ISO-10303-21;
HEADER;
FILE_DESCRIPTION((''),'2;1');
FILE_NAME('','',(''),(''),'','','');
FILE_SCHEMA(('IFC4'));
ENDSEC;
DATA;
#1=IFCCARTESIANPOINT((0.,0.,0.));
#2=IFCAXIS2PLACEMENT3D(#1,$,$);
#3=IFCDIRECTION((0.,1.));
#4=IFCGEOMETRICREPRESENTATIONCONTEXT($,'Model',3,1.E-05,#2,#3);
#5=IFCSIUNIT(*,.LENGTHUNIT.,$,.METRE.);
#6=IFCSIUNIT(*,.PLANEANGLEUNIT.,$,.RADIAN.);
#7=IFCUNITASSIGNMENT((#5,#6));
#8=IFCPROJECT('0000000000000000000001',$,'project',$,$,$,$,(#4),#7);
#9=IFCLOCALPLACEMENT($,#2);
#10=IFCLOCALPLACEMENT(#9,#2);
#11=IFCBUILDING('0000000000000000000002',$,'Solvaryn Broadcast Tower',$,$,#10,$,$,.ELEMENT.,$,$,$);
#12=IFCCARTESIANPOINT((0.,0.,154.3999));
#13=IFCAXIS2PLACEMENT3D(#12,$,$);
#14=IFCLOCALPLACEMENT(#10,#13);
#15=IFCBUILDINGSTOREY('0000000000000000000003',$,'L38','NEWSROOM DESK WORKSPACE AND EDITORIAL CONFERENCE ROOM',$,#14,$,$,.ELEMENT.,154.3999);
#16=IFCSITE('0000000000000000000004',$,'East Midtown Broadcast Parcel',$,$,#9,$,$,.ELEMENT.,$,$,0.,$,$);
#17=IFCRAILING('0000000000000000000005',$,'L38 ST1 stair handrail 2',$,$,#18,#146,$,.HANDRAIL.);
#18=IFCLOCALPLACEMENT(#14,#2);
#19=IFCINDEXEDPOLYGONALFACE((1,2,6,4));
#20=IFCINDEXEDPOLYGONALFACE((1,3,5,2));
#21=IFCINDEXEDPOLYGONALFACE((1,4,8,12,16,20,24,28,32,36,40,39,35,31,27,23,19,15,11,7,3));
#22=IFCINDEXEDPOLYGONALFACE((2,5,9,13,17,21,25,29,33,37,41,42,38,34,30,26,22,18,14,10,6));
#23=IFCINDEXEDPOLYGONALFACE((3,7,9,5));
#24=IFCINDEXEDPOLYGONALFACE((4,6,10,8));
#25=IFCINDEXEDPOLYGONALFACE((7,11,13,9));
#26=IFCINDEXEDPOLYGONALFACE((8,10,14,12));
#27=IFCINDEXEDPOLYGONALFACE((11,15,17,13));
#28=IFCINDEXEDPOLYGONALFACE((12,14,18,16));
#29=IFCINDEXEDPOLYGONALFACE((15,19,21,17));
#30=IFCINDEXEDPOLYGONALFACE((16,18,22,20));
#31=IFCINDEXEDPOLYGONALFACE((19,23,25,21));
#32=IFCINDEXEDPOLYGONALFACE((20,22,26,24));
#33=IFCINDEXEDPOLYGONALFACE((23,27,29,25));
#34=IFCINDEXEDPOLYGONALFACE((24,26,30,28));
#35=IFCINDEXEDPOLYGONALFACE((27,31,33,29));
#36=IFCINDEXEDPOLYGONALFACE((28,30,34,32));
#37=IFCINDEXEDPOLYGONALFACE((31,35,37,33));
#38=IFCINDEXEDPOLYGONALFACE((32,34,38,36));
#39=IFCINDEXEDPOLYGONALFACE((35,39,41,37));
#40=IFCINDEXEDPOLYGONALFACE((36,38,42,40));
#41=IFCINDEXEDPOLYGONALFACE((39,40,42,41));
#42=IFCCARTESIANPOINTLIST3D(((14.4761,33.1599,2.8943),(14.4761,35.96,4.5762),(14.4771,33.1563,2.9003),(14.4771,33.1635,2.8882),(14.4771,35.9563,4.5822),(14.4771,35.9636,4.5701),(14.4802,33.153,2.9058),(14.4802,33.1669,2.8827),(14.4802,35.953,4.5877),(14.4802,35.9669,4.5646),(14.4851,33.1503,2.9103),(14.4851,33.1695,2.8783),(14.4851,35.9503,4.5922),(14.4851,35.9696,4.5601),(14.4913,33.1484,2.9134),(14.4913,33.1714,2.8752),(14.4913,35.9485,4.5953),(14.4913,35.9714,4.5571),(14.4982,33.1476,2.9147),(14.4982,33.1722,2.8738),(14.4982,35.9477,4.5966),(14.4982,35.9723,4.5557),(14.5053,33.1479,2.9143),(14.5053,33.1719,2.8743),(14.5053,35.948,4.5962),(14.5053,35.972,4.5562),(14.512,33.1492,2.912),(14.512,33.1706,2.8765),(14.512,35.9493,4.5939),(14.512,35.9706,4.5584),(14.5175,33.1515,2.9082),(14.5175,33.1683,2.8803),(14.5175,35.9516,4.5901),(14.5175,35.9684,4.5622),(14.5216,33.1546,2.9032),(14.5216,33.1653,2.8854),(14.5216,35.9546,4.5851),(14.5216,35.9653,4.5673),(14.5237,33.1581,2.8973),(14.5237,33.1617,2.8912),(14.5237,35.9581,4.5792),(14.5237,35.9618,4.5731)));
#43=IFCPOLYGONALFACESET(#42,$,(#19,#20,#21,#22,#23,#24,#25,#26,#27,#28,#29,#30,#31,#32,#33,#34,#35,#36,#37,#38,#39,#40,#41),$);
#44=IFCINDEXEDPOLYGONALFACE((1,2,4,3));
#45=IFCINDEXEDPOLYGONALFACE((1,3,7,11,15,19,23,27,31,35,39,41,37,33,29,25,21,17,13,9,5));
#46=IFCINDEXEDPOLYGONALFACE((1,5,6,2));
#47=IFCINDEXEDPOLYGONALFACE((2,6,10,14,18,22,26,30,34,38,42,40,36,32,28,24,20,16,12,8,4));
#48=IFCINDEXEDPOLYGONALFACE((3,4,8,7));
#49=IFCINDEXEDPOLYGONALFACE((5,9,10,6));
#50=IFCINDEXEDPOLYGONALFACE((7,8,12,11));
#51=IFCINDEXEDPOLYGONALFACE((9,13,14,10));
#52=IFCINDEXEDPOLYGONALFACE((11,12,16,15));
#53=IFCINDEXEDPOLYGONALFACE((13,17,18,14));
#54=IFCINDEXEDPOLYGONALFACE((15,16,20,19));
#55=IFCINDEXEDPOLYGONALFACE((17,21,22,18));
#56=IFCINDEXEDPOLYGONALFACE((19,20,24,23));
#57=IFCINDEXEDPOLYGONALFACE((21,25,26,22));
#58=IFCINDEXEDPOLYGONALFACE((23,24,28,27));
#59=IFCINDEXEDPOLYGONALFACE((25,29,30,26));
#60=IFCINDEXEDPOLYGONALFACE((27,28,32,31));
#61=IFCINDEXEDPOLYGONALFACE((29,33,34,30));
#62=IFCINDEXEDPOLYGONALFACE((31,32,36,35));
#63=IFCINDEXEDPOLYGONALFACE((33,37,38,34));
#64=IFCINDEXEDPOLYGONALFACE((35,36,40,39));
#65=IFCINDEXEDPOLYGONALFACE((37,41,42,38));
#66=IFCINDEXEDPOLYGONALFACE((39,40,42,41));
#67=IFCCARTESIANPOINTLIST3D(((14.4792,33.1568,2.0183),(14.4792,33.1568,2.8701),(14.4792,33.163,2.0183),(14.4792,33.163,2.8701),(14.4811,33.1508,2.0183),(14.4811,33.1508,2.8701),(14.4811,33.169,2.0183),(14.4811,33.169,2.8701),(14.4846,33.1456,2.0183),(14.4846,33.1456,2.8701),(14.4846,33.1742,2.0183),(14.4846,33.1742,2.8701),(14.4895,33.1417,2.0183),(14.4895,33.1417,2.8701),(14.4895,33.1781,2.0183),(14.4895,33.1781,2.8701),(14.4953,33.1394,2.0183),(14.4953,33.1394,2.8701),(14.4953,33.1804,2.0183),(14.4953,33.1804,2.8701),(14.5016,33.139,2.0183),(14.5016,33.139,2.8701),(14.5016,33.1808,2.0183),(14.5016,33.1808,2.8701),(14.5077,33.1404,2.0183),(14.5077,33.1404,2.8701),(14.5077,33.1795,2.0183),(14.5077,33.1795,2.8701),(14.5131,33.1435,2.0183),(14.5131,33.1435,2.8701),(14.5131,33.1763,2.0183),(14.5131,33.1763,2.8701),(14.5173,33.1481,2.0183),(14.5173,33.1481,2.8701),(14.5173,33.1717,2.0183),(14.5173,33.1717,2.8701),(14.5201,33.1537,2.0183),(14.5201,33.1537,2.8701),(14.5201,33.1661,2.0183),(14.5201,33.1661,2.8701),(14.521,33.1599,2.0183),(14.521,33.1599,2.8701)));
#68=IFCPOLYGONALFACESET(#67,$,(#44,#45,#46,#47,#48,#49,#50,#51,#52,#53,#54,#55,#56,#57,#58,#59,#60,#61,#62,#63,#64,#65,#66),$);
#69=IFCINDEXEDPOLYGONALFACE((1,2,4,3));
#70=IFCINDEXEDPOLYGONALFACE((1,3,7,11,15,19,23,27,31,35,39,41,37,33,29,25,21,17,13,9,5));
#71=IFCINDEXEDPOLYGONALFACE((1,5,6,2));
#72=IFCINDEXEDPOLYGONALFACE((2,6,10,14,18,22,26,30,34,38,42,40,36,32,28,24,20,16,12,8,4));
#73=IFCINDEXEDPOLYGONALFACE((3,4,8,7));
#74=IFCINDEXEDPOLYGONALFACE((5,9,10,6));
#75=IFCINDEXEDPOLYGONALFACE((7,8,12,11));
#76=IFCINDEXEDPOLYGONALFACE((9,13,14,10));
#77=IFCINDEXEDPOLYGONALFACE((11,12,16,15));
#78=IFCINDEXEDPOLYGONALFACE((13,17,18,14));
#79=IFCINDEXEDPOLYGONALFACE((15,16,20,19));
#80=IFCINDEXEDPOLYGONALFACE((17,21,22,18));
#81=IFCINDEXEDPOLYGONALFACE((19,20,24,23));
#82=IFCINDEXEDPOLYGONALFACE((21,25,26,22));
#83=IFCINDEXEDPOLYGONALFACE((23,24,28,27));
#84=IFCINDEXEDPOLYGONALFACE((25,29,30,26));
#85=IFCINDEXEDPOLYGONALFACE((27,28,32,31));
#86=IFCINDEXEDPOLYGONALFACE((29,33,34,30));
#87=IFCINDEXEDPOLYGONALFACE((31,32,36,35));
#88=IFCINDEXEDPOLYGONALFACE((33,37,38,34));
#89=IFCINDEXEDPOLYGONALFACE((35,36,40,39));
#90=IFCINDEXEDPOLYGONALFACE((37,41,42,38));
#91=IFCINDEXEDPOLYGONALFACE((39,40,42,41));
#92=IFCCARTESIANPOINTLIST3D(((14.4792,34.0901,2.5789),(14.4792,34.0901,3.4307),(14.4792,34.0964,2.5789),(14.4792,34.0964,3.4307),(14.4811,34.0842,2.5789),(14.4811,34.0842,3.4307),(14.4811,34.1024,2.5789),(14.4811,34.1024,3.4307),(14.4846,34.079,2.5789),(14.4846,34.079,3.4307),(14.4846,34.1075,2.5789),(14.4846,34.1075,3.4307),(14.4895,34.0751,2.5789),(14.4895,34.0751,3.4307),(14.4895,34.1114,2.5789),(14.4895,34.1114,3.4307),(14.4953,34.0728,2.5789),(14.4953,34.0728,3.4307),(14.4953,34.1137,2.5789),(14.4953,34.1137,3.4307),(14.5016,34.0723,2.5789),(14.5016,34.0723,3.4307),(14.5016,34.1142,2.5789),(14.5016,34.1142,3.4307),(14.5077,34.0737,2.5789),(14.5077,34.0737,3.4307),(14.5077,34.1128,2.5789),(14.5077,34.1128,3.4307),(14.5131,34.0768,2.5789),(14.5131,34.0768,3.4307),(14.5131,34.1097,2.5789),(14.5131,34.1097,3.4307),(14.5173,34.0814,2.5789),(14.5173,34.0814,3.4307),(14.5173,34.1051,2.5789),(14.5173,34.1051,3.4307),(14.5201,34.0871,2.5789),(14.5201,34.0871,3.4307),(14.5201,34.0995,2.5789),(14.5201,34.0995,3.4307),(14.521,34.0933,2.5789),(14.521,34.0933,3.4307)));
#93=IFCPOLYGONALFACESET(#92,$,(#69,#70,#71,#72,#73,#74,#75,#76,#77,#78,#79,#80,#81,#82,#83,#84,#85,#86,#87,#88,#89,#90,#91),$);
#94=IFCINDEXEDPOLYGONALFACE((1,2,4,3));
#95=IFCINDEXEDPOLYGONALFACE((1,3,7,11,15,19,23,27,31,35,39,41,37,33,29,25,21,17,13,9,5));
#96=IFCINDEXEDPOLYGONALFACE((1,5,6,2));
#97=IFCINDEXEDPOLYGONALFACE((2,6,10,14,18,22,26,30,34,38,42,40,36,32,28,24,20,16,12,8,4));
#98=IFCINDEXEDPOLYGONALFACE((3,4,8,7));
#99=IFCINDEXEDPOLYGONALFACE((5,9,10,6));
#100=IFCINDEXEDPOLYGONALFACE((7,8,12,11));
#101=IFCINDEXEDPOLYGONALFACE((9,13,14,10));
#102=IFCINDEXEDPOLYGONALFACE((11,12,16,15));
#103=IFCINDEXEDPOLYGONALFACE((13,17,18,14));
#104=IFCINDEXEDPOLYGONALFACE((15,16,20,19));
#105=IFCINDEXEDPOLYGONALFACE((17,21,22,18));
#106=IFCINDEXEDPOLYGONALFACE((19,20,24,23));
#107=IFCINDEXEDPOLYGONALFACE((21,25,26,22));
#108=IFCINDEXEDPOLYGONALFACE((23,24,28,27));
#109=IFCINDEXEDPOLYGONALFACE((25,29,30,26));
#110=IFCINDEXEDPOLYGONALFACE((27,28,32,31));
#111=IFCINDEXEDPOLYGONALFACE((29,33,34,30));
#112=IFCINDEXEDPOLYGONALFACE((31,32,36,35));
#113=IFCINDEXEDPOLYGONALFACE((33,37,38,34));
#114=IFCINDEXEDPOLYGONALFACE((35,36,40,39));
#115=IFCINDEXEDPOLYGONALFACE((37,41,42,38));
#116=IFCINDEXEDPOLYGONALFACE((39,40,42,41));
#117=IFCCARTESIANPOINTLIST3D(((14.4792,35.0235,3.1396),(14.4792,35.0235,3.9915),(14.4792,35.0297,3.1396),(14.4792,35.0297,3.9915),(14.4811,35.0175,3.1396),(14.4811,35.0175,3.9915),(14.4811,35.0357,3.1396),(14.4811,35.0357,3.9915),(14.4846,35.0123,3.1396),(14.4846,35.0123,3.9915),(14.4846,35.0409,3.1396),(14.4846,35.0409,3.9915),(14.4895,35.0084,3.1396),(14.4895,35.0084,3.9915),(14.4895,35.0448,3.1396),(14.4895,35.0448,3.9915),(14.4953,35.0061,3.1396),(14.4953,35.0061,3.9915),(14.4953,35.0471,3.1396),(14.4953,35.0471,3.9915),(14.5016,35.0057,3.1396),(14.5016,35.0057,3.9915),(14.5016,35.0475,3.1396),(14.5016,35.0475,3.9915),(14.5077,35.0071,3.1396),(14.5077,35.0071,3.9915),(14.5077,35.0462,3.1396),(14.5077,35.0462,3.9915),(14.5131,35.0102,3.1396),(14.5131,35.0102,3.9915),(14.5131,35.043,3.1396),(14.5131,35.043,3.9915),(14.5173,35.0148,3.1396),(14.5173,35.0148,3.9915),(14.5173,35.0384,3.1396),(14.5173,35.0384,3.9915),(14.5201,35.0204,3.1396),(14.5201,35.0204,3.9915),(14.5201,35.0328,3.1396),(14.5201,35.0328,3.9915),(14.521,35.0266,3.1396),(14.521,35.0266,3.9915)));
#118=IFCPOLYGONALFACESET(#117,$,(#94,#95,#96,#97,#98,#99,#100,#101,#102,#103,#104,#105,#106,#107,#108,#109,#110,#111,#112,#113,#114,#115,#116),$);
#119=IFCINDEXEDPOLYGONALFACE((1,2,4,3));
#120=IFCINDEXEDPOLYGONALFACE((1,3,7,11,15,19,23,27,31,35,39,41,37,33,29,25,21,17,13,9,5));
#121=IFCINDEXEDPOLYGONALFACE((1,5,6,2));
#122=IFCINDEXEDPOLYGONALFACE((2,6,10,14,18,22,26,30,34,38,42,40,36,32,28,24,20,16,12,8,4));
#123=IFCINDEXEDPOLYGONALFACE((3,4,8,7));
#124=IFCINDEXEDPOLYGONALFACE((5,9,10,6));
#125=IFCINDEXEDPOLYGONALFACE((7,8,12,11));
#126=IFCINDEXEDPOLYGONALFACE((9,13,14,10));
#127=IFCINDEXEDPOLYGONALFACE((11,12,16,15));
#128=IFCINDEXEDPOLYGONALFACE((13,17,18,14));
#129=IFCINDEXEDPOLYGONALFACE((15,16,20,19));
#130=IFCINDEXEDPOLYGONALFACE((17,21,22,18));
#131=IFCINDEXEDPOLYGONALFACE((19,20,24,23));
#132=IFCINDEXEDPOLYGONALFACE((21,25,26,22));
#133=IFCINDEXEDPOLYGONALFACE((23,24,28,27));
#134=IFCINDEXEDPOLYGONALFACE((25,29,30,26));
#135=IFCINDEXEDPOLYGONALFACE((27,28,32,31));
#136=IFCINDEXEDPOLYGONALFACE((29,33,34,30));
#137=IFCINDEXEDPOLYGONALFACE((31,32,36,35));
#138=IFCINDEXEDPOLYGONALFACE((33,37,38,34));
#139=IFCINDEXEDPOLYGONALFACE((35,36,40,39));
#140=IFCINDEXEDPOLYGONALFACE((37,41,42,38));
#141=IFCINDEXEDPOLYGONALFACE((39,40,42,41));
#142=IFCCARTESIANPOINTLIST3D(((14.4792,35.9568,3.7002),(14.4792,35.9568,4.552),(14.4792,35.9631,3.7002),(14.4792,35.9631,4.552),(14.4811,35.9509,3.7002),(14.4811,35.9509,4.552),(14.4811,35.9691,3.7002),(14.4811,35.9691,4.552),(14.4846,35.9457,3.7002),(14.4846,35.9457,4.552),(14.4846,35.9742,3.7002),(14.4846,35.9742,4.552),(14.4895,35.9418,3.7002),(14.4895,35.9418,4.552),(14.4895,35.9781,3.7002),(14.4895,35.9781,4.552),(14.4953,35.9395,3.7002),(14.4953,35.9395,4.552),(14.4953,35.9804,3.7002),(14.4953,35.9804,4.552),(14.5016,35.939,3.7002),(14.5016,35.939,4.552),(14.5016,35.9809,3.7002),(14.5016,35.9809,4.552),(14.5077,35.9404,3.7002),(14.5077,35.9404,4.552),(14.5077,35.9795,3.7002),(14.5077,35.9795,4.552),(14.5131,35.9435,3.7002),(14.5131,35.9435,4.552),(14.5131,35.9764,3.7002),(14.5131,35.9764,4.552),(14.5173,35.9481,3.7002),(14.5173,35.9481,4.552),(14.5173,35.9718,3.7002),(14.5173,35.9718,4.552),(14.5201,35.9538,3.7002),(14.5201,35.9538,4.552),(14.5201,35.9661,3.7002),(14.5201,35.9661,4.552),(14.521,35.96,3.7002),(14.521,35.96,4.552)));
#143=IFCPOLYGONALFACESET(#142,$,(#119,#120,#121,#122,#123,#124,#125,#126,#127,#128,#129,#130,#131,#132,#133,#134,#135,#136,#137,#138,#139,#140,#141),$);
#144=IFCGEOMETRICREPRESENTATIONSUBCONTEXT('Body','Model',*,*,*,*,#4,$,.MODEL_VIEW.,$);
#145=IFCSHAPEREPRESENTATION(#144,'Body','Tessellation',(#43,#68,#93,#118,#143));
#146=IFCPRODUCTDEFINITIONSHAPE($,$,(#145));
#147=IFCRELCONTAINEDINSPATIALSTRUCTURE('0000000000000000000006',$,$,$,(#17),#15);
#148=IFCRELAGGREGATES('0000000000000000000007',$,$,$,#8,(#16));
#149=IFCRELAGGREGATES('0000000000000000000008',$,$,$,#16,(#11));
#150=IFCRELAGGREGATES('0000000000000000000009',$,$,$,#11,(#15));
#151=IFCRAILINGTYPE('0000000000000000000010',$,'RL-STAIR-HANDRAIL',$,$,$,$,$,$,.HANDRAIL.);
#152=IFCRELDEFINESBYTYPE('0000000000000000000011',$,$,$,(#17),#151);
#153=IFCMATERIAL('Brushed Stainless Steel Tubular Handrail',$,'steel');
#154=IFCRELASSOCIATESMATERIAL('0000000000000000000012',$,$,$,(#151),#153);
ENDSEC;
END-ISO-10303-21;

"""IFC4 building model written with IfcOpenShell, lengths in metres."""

from ifc_helpers import new_model, si_unit, direction, frame, origin, origin_2d, place, context, subcontext, project, spatial, circle, extrude, material, type_object, element, save


model = new_model("IFC4")

# Units and contexts
model_context = context("Model", 3, precision=1e-05, world=origin(), true_north=direction((0.0, 1.0)))
body_context = subcontext(model_context, "Body", "Model", "MODEL_VIEW")
ifc_project = project(units=[si_unit("LENGTHUNIT", "METRE"), si_unit("PLANEANGLEUNIT", "RADIAN")], contexts=[model_context])

# Site, building, storey
site_placement = place(None, origin())
site = spatial("IfcSite", under=ifc_project, at=site_placement, Name="East Midtown Broadcast Parcel", CompositionType="ELEMENT", RefElevation=0.0)
building_placement = place(site_placement, origin())
building = spatial("IfcBuilding", under=site, at=building_placement, Name="Solvaryn Broadcast Tower", CompositionType="ELEMENT")
storey_placement = place(building_placement, frame((0.0, 0.0, 154.3999)))
storey = spatial("IfcBuildingStorey", under=building, at=storey_placement, Name="L38", Description="NEWSROOM DESK WORKSPACE AND EDITORIAL CONFERENCE ROOM", CompositionType="ELEMENT", Elevation=154.3999)

# Railing
ifc_material_1 = material(Name="Brushed Stainless Steel Tubular Handrail", Category="steel")
railing_type_1 = type_object("IfcRailingType", Name="RL-STAIR-HANDRAIL", PredefinedType="HANDRAIL", material=ifc_material_1)
railing_1_placement = place(storey_placement, frame((14.5, 33.1599, 2.0183)))
element("IfcRailing", 1, at=railing_1_placement, inside=storey, type_object=railing_type_1, Name="L38 ST1 stair handrail 2", PredefinedType="HANDRAIL", context=body_context, shape_type="SweptSolid", body=[
    extrude(circle(Radius=0.0239, at=origin_2d()), frame((0.0, 0.0, 0.876), z_axis=(0.0, 0.857242, 0.514913), x_axis=(-1.0, 0.0, 0.0)), (0.0, 0.0, 1.0), 3.2664),
    extrude(circle(Radius=0.021, at=origin_2d()), origin(), (0.0, 0.0, 1.0), 0.8518),
    extrude(circle(Radius=0.021, at=origin_2d()), frame((0.0, 0.9333, 0.5605)), (0.0, 0.0, 1.0), 0.8518),
    extrude(circle(Radius=0.021, at=origin_2d()), frame((0.0, 1.8667, 1.1213)), (0.0, 0.0, 1.0), 0.8518),
    extrude(circle(Radius=0.021, at=origin_2d()), frame((0.0, 2.8, 1.6819)), (0.0, 0.0, 1.0), 0.8518),
])

save(model, "model.ifc")
